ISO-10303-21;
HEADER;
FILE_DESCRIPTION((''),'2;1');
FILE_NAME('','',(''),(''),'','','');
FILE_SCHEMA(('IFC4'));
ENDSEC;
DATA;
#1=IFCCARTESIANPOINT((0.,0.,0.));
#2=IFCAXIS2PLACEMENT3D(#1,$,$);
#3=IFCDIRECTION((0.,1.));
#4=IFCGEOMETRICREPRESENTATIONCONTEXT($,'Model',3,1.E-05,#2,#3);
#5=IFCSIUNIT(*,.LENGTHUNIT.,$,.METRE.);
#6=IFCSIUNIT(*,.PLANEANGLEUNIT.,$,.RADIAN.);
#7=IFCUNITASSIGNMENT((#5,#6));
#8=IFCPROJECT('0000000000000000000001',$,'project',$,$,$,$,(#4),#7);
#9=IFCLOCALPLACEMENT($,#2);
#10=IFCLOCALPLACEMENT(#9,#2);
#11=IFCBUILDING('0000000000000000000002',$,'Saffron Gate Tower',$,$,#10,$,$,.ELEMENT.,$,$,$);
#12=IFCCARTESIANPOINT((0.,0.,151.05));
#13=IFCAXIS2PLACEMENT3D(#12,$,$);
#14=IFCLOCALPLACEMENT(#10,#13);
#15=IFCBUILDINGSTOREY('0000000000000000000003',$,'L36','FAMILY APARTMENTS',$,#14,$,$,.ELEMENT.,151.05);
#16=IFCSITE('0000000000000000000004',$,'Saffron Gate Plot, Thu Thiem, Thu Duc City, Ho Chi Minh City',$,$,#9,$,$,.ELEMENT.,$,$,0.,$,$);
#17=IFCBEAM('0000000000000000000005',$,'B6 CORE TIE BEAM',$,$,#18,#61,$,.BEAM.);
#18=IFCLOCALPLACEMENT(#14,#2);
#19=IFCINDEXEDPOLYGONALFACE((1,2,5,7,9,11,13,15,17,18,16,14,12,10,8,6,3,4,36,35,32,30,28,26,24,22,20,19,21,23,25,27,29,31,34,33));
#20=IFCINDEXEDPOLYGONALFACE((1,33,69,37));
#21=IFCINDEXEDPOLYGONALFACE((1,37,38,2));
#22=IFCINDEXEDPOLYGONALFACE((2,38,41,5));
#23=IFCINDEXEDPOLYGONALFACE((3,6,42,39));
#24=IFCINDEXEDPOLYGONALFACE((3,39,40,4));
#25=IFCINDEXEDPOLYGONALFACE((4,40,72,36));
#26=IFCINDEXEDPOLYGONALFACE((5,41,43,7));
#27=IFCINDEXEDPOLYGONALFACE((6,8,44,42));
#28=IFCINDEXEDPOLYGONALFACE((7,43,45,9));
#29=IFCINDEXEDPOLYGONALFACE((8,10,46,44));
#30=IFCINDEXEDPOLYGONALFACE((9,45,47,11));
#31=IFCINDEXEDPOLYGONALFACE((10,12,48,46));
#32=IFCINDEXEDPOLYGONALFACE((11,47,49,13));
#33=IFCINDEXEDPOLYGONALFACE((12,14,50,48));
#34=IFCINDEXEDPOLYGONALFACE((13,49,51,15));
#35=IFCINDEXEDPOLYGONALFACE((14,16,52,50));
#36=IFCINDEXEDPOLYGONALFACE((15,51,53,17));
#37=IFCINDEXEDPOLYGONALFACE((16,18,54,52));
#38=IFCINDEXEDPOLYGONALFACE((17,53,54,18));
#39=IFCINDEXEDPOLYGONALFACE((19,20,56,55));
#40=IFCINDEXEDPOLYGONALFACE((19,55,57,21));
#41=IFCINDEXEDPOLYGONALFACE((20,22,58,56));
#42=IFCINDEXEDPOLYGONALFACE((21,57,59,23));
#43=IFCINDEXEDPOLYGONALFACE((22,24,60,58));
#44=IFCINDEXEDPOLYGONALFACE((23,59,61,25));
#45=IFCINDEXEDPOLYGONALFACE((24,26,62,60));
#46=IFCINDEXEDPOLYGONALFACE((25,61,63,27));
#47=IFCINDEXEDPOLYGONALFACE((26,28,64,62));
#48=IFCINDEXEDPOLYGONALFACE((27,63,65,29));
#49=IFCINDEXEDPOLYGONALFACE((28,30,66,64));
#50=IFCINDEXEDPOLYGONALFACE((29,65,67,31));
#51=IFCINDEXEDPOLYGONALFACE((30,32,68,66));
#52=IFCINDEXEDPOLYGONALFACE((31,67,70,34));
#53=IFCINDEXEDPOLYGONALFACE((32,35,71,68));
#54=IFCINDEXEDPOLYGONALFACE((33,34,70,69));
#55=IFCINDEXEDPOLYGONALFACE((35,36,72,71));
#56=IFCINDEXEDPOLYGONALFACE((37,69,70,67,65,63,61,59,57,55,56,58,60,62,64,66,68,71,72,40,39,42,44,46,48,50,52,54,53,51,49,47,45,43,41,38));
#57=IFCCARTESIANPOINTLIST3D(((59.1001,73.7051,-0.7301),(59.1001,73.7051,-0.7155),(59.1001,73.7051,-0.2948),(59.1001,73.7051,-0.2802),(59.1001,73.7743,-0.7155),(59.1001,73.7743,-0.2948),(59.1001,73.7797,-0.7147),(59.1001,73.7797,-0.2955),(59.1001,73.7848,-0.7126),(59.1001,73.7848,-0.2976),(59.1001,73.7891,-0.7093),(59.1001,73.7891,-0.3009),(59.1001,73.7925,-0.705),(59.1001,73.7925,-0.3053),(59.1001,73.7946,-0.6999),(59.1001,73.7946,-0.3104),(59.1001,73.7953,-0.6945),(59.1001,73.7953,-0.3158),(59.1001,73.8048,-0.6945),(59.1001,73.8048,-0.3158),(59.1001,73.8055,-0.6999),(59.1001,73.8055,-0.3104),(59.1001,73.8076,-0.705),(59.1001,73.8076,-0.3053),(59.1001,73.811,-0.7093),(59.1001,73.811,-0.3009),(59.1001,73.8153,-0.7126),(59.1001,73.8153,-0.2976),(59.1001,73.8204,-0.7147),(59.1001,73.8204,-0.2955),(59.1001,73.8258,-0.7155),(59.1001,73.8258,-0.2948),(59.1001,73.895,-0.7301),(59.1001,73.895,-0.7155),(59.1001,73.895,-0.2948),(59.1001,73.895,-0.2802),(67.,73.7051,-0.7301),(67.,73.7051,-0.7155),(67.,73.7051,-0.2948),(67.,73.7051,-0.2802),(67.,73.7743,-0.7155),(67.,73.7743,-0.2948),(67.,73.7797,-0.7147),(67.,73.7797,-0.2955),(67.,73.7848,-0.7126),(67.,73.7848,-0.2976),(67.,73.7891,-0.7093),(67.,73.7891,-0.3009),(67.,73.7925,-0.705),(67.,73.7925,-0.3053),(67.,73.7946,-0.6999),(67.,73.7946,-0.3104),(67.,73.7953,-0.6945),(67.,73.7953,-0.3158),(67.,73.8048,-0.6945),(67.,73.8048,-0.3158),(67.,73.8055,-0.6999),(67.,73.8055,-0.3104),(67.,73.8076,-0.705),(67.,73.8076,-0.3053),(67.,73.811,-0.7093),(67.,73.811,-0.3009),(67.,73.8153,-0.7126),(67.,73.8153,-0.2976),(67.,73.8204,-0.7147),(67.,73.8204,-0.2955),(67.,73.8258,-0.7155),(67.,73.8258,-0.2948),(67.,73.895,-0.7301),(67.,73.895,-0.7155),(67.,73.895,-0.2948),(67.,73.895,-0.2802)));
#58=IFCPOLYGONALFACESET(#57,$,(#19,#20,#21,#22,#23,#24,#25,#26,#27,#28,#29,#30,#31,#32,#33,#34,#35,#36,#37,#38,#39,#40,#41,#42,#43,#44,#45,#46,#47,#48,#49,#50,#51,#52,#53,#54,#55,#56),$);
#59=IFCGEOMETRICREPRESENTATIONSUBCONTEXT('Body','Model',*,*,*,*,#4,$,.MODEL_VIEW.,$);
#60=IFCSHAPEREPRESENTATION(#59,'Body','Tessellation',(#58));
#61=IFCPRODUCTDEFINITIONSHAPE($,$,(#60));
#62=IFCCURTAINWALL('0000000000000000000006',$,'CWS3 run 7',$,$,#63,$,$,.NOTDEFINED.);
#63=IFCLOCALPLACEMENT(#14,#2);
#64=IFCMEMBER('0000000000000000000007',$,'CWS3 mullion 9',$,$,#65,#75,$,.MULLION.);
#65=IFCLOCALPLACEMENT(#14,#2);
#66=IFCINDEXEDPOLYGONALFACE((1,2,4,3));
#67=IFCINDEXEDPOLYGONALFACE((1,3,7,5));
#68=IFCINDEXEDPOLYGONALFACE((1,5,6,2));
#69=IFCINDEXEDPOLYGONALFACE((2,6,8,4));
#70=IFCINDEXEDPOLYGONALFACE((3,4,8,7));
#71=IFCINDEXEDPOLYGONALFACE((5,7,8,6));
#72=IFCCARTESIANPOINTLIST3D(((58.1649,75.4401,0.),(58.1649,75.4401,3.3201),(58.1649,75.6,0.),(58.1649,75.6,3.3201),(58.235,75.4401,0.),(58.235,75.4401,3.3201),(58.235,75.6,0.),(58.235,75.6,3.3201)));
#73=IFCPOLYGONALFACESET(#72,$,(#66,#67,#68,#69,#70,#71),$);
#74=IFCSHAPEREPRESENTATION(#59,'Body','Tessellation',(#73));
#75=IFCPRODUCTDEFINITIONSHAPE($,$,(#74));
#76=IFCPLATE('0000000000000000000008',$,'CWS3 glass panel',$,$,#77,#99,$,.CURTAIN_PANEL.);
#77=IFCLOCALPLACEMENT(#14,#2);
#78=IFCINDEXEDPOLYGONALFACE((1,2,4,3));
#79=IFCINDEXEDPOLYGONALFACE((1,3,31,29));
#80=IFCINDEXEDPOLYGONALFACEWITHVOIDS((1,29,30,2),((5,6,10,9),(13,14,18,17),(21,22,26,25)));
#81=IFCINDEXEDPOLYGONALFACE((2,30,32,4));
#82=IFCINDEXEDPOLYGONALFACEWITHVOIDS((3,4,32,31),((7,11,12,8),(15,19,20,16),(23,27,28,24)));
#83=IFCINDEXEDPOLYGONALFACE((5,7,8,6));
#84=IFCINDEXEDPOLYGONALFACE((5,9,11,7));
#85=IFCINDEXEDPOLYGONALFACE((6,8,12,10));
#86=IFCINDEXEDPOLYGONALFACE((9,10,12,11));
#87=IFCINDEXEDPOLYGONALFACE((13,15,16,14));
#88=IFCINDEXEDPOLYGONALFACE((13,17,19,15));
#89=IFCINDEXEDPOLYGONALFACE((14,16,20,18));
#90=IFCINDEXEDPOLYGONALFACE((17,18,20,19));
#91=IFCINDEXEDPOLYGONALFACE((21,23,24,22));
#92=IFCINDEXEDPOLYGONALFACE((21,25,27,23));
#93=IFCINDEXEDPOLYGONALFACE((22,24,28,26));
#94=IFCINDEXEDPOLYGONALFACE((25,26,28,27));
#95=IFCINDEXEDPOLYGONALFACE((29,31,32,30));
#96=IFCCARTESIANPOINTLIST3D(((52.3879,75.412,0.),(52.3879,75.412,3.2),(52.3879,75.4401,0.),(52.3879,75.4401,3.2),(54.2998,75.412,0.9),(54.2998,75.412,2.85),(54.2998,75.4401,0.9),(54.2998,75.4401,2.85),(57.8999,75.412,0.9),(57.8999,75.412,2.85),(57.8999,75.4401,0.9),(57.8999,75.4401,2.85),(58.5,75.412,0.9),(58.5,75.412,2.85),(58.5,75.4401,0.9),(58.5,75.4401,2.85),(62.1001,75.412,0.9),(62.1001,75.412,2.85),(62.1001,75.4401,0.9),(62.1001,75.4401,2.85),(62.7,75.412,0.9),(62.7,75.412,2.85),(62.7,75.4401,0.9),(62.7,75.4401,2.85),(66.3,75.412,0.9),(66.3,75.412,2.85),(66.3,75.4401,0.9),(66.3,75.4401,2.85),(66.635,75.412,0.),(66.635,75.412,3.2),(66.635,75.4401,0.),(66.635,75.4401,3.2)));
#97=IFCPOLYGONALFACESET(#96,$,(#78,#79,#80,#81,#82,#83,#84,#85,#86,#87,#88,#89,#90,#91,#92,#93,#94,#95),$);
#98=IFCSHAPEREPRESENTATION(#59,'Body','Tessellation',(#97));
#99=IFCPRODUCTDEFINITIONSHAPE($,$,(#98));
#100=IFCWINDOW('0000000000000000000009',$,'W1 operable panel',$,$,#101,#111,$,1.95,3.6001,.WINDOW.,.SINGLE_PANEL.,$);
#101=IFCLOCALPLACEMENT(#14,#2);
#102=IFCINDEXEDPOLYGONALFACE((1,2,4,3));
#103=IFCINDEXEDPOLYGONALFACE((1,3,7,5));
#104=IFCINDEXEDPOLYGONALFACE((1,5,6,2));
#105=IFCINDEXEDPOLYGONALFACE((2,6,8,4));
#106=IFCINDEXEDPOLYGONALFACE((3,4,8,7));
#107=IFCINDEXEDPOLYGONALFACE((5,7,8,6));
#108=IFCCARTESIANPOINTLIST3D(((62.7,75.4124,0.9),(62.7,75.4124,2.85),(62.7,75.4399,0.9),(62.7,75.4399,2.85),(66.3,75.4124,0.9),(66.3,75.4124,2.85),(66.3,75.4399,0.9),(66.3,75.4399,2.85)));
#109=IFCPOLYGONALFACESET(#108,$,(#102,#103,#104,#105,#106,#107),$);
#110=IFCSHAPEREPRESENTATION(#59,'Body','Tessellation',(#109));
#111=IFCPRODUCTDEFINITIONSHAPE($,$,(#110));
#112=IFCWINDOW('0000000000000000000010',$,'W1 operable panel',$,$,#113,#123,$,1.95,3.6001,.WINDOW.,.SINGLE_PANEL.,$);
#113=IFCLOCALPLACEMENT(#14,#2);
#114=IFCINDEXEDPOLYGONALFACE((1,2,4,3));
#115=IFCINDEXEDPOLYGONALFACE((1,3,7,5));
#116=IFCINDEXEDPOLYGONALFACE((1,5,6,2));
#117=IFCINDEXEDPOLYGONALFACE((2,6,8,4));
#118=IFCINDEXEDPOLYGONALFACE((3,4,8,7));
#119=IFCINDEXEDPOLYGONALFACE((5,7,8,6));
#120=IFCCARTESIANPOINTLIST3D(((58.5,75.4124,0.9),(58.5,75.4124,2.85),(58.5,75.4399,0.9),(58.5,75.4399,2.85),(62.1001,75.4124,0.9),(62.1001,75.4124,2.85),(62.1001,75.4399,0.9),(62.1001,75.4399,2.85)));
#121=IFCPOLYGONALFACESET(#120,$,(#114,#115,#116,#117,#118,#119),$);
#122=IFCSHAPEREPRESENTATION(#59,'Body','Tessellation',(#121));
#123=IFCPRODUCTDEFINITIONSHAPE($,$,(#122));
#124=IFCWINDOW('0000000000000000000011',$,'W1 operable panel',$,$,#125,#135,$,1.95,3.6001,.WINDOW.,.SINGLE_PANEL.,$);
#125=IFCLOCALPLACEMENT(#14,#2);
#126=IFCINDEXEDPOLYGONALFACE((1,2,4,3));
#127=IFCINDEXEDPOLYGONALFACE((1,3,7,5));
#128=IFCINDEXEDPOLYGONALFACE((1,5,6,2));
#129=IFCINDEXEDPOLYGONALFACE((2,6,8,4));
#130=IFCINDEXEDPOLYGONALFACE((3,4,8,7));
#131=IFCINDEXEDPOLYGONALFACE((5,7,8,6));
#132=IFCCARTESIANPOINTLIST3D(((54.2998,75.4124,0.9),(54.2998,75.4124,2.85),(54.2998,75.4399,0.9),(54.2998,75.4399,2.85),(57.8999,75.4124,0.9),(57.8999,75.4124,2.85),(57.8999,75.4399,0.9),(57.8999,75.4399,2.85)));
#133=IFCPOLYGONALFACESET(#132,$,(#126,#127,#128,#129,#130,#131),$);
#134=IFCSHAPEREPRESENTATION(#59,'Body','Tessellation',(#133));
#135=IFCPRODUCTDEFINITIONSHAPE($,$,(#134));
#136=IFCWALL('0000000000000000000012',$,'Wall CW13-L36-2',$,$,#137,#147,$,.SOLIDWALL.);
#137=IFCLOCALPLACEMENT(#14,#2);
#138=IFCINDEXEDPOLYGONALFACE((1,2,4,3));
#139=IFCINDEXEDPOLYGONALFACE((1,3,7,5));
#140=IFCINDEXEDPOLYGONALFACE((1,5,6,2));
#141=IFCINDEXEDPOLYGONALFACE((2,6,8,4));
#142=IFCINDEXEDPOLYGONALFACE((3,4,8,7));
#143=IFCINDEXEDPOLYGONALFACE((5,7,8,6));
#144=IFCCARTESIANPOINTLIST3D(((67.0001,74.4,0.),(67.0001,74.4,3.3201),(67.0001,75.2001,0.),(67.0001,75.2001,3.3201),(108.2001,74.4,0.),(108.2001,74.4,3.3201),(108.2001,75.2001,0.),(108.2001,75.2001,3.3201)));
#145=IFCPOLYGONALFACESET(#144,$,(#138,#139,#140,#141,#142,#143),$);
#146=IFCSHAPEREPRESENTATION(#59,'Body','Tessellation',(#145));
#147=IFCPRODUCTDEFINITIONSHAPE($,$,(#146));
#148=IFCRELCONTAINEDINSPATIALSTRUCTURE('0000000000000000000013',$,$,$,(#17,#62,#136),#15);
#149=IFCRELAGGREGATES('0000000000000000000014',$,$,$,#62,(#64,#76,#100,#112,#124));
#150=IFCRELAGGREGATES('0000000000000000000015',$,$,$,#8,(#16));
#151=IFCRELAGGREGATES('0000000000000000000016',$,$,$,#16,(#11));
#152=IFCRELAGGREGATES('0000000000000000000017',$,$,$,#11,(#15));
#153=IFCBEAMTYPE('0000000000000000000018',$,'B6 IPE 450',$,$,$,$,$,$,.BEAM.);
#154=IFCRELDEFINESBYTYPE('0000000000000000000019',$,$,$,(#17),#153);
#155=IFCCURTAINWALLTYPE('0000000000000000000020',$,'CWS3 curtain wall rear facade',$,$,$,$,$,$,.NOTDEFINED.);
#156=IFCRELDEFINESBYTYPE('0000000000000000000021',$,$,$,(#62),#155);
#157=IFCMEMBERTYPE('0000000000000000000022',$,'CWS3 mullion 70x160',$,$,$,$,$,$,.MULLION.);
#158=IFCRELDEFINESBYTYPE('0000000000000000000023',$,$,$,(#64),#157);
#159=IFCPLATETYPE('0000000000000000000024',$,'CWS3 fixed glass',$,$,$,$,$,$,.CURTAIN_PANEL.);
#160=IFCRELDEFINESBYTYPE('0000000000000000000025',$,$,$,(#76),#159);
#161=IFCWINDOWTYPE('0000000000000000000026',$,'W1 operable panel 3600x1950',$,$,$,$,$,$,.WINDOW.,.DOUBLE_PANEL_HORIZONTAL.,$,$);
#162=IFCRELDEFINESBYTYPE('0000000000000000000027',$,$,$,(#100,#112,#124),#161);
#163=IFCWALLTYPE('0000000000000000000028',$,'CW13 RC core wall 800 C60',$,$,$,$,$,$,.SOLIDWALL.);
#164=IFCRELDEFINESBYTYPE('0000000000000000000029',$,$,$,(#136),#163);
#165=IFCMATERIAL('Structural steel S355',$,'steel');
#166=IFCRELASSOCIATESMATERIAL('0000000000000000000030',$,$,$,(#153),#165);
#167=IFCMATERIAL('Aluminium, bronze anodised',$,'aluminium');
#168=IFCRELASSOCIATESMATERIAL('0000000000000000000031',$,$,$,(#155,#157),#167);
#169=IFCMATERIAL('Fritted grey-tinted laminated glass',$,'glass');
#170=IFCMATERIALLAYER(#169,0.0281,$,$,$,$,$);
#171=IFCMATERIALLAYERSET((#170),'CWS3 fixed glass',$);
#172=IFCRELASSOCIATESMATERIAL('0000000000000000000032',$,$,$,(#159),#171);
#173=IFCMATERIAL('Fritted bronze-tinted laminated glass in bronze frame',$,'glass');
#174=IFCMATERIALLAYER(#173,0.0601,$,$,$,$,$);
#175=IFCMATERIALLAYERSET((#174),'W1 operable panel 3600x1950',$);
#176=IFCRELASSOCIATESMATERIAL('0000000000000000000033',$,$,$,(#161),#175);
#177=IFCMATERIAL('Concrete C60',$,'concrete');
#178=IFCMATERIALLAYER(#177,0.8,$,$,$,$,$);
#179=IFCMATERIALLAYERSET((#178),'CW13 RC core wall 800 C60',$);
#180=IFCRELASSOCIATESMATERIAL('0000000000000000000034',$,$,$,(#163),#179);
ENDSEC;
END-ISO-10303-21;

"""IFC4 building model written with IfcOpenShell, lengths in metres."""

from ifc_helpers import new_model, si_unit, direction, frame, frame_2d, origin, origin_2d, place, context, subcontext, project, spatial, rectangle, i_section, extrude, material, layer, layer_set, material_profile, profile_set, type_object, element, fill, aggregate, save


model = new_model("IFC4")

# Units and contexts
model_context = context("Model", 3, precision=1e-05, world=origin(), true_north=direction((0.0, 1.0)))
body_context = subcontext(model_context, "Body", "Model", "MODEL_VIEW")
ifc_project = project(units=[si_unit("LENGTHUNIT", "METRE"), si_unit("PLANEANGLEUNIT", "RADIAN")], contexts=[model_context])

# Site, building, storey
site_placement = place(None, origin())
site = spatial("IfcSite", under=ifc_project, at=site_placement, Name="Saffron Gate Plot, Thu Thiem, Thu Duc City, Ho Chi Minh City", CompositionType="ELEMENT", RefElevation=0.0)
building_placement = place(site_placement, origin())
building = spatial("IfcBuilding", under=site, at=building_placement, Name="Saffron Gate Tower", CompositionType="ELEMENT")
storey_placement = place(building_placement, frame((0.0, 0.0, 151.05)))
storey = spatial("IfcBuildingStorey", under=building, at=storey_placement, Name="L36", Description="FAMILY APARTMENTS", CompositionType="ELEMENT", Elevation=151.05)

# Beam
ifc_material_1 = material(Name="Structural steel S355", Category="steel")
ifc_material_profile_1 = material_profile(ifc_material_1, i_section(OverallWidth=0.1899, OverallDepth=0.45, WebThickness=0.0095, FlangeThickness=0.0146, FilletRadius=0.021, at=origin_2d()))
ifc_profile_set_1 = profile_set([ifc_material_profile_1], Name="Structural steel S355")
beam_type = type_object("IfcBeamType", Name="B6 IPE 450", PredefinedType="BEAM", material=ifc_profile_set_1)
beam_placement = place(storey_placement, frame((59.1001, 73.8, -0.5051), z_axis=(1.0, 0.0, 0.0), x_axis=(0.0, 1.0, 0.0)))
element("IfcBeam", 1, at=beam_placement, inside=storey, type_object=beam_type, Name="B6 CORE TIE BEAM", PredefinedType="BEAM", context=body_context, shape_type="SweptSolid", body=[
    extrude(i_section(OverallWidth=0.1899, OverallDepth=0.45, WebThickness=0.0095, FlangeThickness=0.0146, FilletRadius=0.021, at=origin_2d()), origin(), (0.0, 0.0, 1.0), 7.8999),
])

# Curtain wall, member, plate, openings, windows
ifc_material_2 = material(Name="Aluminium, bronze anodised", Category="aluminium")
curtain_wall_type = type_object("IfcCurtainWallType", Name="CWS3 curtain wall rear facade", PredefinedType="NOTDEFINED", material=ifc_material_2)
curtain_wall_placement = place(storey_placement, origin())
curtain_wall = element("IfcCurtainWall", 2, at=curtain_wall_placement, inside=storey, type_object=curtain_wall_type, Name="CWS3 run 7", PredefinedType="NOTDEFINED")
ifc_material_profile_2 = material_profile(ifc_material_2, rectangle(XDim=0.1599, YDim=0.0701, at=origin_2d()))
ifc_profile_set_2 = profile_set([ifc_material_profile_2], Name="Aluminium, bronze anodised")
member_type = type_object("IfcMemberType", Name="CWS3 mullion 70x160", PredefinedType="MULLION", material=ifc_profile_set_2)
member_placement = place(storey_placement, frame((58.2, 75.52, 0.0), z_axis=(0.0, 0.0, 1.0), x_axis=(0.0, -1.0, 0.0)))
member = element("IfcMember", 3, at=member_placement, type_object=member_type, Name="CWS3 mullion 9", PredefinedType="MULLION", context=body_context, shape_type="SweptSolid", body=[
    extrude(rectangle(XDim=0.1599, YDim=0.0701, at=origin_2d()), origin(), (0.0, 0.0, 1.0), 3.3201),
])
ifc_material_3 = material(Name="Fritted grey-tinted laminated glass", Category="glass")
ifc_layer_1 = layer(ifc_material_3, 0.0281)
ifc_layer_set_1 = layer_set([ifc_layer_1], Name="CWS3 fixed glass")
plate_type = type_object("IfcPlateType", Name="CWS3 fixed glass", PredefinedType="CURTAIN_PANEL", material=ifc_layer_set_1)
plate_placement = place(storey_placement, frame((66.635, 75.426, 0.0), z_axis=(0.0, 0.0, 1.0), x_axis=(-1.0, 0.0, 0.0)))
plate = element("IfcPlate", 4, at=plate_placement, type_object=plate_type, Name="CWS3 glass panel", PredefinedType="CURTAIN_PANEL", context=body_context, shape_type="SweptSolid", body=[
    extrude(rectangle(XDim=14.2471, YDim=0.0281, at=frame_2d((7.1235, 0.0))), origin(), (0.0, 0.0, 1.0), 3.2),
])
opening_1_placement = place(plate_placement, frame((0.335, 0.0, 0.8999)))
opening_1 = element("IfcOpeningElement", 5, at=opening_1_placement, cuts=plate, PredefinedType="OPENING", context=body_context, shape_type="SweptSolid", body=[
    extrude(rectangle(XDim=3.6001, YDim=1.95, at=frame_2d((1.8, 0.9751))), frame((0.0, 0.0239, 0.0), z_axis=(0.0, -1.0, 0.0), x_axis=(1.0, 0.0, 0.0)), (0.0, 0.0, 1.0), 0.0481),
])
opening_2_placement = place(plate_placement, frame((4.5349, 0.0, 0.8999)))
opening_2 = element("IfcOpeningElement", 6, at=opening_2_placement, cuts=plate, PredefinedType="OPENING", context=body_context, shape_type="SweptSolid", body=[
    extrude(rectangle(XDim=3.6001, YDim=1.95, at=frame_2d((1.8, 0.9751))), frame((0.0, 0.0239, 0.0), z_axis=(0.0, -1.0, 0.0), x_axis=(1.0, 0.0, 0.0)), (0.0, 0.0, 1.0), 0.0481),
])
opening_3_placement = place(plate_placement, frame((8.7351, 0.0, 0.8999)))
opening_3 = element("IfcOpeningElement", 7, at=opening_3_placement, cuts=plate, PredefinedType="OPENING", context=body_context, shape_type="SweptSolid", body=[
    extrude(rectangle(XDim=3.6001, YDim=1.95, at=frame_2d((1.8, 0.9751))), frame((0.0, 0.0239, 0.0), z_axis=(0.0, -1.0, 0.0), x_axis=(1.0, 0.0, 0.0)), (0.0, 0.0, 1.0), 0.0481),
])
ifc_material_4 = material(Name="Fritted bronze-tinted laminated glass in bronze frame", Category="glass")
ifc_layer_2 = layer(ifc_material_4, 0.0601)
ifc_layer_set_2 = layer_set([ifc_layer_2], Name="W1 operable panel 3600x1950")
window_type = type_object("IfcWindowType", Name="W1 operable panel 3600x1950", PartitioningType="DOUBLE_PANEL_HORIZONTAL", PredefinedType="WINDOW", material=ifc_layer_set_2)
window_1_placement = place(opening_1_placement, origin())
window_1 = element("IfcWindow", 8, at=window_1_placement, type_object=window_type, Name="W1 operable panel", OverallHeight=1.95, OverallWidth=3.6001, PartitioningType="SINGLE_PANEL", PredefinedType="WINDOW", context=body_context, shape_type="SweptSolid", body=[
    extrude(rectangle(XDim=3.6001, YDim=1.95, at=frame_2d((1.8, 0.9751))), frame((0.0, 0.0137, 0.0), z_axis=(0.0, -1.0, 0.0), x_axis=(1.0, 0.0, 0.0)), (0.0, 0.0, 1.0), 0.0276),
])
fill(opening_1, window_1)
window_2_placement = place(opening_2_placement, origin())
window_2 = element("IfcWindow", 9, at=window_2_placement, type_object=window_type, Name="W1 operable panel", OverallHeight=1.95, OverallWidth=3.6001, PartitioningType="SINGLE_PANEL", PredefinedType="WINDOW", context=body_context, shape_type="SweptSolid", body=[
    extrude(rectangle(XDim=3.6001, YDim=1.95, at=frame_2d((1.8, 0.9751))), frame((0.0, 0.0137, 0.0), z_axis=(0.0, -1.0, 0.0), x_axis=(1.0, 0.0, 0.0)), (0.0, 0.0, 1.0), 0.0276),
])
fill(opening_2, window_2)
window_3_placement = place(opening_3_placement, origin())
window_3 = element("IfcWindow", 10, at=window_3_placement, type_object=window_type, Name="W1 operable panel", OverallHeight=1.95, OverallWidth=3.6001, PartitioningType="SINGLE_PANEL", PredefinedType="WINDOW", context=body_context, shape_type="SweptSolid", body=[
    extrude(rectangle(XDim=3.6001, YDim=1.95, at=frame_2d((1.8, 0.9751))), frame((0.0, 0.0137, 0.0), z_axis=(0.0, -1.0, 0.0), x_axis=(1.0, 0.0, 0.0)), (0.0, 0.0, 1.0), 0.0276),
])
fill(opening_3, window_3)
aggregate(curtain_wall, [member, plate, window_1, window_2, window_3])

# Wall
ifc_material_5 = material(Name="Concrete C60", Category="concrete")
ifc_layer_3 = layer(ifc_material_5, 0.8)
ifc_layer_set_3 = layer_set([ifc_layer_3], Name="CW13 RC core wall 800 C60")
wall_type_1 = type_object("IfcWallType", Name="CW13 RC core wall 800 C60", PredefinedType="SOLIDWALL", material=ifc_layer_set_3)
wall_1_placement = place(storey_placement, frame((67.0, 74.8, 0.0), z_axis=(0.0, 0.0, 1.0), x_axis=(1.0, 0.0, 0.0)))
element("IfcWall", 11, at=wall_1_placement, inside=storey, type_object=wall_type_1, Name="Wall CW13-L36-2", PredefinedType="SOLIDWALL", context=body_context, shape_type="SweptSolid", body=[
    extrude(rectangle(XDim=41.2, YDim=0.8, at=frame_2d((20.6001, 0.0))), origin(), (0.0, 0.0, 1.0), 3.3201),
])

save(model, "model.ifc")
